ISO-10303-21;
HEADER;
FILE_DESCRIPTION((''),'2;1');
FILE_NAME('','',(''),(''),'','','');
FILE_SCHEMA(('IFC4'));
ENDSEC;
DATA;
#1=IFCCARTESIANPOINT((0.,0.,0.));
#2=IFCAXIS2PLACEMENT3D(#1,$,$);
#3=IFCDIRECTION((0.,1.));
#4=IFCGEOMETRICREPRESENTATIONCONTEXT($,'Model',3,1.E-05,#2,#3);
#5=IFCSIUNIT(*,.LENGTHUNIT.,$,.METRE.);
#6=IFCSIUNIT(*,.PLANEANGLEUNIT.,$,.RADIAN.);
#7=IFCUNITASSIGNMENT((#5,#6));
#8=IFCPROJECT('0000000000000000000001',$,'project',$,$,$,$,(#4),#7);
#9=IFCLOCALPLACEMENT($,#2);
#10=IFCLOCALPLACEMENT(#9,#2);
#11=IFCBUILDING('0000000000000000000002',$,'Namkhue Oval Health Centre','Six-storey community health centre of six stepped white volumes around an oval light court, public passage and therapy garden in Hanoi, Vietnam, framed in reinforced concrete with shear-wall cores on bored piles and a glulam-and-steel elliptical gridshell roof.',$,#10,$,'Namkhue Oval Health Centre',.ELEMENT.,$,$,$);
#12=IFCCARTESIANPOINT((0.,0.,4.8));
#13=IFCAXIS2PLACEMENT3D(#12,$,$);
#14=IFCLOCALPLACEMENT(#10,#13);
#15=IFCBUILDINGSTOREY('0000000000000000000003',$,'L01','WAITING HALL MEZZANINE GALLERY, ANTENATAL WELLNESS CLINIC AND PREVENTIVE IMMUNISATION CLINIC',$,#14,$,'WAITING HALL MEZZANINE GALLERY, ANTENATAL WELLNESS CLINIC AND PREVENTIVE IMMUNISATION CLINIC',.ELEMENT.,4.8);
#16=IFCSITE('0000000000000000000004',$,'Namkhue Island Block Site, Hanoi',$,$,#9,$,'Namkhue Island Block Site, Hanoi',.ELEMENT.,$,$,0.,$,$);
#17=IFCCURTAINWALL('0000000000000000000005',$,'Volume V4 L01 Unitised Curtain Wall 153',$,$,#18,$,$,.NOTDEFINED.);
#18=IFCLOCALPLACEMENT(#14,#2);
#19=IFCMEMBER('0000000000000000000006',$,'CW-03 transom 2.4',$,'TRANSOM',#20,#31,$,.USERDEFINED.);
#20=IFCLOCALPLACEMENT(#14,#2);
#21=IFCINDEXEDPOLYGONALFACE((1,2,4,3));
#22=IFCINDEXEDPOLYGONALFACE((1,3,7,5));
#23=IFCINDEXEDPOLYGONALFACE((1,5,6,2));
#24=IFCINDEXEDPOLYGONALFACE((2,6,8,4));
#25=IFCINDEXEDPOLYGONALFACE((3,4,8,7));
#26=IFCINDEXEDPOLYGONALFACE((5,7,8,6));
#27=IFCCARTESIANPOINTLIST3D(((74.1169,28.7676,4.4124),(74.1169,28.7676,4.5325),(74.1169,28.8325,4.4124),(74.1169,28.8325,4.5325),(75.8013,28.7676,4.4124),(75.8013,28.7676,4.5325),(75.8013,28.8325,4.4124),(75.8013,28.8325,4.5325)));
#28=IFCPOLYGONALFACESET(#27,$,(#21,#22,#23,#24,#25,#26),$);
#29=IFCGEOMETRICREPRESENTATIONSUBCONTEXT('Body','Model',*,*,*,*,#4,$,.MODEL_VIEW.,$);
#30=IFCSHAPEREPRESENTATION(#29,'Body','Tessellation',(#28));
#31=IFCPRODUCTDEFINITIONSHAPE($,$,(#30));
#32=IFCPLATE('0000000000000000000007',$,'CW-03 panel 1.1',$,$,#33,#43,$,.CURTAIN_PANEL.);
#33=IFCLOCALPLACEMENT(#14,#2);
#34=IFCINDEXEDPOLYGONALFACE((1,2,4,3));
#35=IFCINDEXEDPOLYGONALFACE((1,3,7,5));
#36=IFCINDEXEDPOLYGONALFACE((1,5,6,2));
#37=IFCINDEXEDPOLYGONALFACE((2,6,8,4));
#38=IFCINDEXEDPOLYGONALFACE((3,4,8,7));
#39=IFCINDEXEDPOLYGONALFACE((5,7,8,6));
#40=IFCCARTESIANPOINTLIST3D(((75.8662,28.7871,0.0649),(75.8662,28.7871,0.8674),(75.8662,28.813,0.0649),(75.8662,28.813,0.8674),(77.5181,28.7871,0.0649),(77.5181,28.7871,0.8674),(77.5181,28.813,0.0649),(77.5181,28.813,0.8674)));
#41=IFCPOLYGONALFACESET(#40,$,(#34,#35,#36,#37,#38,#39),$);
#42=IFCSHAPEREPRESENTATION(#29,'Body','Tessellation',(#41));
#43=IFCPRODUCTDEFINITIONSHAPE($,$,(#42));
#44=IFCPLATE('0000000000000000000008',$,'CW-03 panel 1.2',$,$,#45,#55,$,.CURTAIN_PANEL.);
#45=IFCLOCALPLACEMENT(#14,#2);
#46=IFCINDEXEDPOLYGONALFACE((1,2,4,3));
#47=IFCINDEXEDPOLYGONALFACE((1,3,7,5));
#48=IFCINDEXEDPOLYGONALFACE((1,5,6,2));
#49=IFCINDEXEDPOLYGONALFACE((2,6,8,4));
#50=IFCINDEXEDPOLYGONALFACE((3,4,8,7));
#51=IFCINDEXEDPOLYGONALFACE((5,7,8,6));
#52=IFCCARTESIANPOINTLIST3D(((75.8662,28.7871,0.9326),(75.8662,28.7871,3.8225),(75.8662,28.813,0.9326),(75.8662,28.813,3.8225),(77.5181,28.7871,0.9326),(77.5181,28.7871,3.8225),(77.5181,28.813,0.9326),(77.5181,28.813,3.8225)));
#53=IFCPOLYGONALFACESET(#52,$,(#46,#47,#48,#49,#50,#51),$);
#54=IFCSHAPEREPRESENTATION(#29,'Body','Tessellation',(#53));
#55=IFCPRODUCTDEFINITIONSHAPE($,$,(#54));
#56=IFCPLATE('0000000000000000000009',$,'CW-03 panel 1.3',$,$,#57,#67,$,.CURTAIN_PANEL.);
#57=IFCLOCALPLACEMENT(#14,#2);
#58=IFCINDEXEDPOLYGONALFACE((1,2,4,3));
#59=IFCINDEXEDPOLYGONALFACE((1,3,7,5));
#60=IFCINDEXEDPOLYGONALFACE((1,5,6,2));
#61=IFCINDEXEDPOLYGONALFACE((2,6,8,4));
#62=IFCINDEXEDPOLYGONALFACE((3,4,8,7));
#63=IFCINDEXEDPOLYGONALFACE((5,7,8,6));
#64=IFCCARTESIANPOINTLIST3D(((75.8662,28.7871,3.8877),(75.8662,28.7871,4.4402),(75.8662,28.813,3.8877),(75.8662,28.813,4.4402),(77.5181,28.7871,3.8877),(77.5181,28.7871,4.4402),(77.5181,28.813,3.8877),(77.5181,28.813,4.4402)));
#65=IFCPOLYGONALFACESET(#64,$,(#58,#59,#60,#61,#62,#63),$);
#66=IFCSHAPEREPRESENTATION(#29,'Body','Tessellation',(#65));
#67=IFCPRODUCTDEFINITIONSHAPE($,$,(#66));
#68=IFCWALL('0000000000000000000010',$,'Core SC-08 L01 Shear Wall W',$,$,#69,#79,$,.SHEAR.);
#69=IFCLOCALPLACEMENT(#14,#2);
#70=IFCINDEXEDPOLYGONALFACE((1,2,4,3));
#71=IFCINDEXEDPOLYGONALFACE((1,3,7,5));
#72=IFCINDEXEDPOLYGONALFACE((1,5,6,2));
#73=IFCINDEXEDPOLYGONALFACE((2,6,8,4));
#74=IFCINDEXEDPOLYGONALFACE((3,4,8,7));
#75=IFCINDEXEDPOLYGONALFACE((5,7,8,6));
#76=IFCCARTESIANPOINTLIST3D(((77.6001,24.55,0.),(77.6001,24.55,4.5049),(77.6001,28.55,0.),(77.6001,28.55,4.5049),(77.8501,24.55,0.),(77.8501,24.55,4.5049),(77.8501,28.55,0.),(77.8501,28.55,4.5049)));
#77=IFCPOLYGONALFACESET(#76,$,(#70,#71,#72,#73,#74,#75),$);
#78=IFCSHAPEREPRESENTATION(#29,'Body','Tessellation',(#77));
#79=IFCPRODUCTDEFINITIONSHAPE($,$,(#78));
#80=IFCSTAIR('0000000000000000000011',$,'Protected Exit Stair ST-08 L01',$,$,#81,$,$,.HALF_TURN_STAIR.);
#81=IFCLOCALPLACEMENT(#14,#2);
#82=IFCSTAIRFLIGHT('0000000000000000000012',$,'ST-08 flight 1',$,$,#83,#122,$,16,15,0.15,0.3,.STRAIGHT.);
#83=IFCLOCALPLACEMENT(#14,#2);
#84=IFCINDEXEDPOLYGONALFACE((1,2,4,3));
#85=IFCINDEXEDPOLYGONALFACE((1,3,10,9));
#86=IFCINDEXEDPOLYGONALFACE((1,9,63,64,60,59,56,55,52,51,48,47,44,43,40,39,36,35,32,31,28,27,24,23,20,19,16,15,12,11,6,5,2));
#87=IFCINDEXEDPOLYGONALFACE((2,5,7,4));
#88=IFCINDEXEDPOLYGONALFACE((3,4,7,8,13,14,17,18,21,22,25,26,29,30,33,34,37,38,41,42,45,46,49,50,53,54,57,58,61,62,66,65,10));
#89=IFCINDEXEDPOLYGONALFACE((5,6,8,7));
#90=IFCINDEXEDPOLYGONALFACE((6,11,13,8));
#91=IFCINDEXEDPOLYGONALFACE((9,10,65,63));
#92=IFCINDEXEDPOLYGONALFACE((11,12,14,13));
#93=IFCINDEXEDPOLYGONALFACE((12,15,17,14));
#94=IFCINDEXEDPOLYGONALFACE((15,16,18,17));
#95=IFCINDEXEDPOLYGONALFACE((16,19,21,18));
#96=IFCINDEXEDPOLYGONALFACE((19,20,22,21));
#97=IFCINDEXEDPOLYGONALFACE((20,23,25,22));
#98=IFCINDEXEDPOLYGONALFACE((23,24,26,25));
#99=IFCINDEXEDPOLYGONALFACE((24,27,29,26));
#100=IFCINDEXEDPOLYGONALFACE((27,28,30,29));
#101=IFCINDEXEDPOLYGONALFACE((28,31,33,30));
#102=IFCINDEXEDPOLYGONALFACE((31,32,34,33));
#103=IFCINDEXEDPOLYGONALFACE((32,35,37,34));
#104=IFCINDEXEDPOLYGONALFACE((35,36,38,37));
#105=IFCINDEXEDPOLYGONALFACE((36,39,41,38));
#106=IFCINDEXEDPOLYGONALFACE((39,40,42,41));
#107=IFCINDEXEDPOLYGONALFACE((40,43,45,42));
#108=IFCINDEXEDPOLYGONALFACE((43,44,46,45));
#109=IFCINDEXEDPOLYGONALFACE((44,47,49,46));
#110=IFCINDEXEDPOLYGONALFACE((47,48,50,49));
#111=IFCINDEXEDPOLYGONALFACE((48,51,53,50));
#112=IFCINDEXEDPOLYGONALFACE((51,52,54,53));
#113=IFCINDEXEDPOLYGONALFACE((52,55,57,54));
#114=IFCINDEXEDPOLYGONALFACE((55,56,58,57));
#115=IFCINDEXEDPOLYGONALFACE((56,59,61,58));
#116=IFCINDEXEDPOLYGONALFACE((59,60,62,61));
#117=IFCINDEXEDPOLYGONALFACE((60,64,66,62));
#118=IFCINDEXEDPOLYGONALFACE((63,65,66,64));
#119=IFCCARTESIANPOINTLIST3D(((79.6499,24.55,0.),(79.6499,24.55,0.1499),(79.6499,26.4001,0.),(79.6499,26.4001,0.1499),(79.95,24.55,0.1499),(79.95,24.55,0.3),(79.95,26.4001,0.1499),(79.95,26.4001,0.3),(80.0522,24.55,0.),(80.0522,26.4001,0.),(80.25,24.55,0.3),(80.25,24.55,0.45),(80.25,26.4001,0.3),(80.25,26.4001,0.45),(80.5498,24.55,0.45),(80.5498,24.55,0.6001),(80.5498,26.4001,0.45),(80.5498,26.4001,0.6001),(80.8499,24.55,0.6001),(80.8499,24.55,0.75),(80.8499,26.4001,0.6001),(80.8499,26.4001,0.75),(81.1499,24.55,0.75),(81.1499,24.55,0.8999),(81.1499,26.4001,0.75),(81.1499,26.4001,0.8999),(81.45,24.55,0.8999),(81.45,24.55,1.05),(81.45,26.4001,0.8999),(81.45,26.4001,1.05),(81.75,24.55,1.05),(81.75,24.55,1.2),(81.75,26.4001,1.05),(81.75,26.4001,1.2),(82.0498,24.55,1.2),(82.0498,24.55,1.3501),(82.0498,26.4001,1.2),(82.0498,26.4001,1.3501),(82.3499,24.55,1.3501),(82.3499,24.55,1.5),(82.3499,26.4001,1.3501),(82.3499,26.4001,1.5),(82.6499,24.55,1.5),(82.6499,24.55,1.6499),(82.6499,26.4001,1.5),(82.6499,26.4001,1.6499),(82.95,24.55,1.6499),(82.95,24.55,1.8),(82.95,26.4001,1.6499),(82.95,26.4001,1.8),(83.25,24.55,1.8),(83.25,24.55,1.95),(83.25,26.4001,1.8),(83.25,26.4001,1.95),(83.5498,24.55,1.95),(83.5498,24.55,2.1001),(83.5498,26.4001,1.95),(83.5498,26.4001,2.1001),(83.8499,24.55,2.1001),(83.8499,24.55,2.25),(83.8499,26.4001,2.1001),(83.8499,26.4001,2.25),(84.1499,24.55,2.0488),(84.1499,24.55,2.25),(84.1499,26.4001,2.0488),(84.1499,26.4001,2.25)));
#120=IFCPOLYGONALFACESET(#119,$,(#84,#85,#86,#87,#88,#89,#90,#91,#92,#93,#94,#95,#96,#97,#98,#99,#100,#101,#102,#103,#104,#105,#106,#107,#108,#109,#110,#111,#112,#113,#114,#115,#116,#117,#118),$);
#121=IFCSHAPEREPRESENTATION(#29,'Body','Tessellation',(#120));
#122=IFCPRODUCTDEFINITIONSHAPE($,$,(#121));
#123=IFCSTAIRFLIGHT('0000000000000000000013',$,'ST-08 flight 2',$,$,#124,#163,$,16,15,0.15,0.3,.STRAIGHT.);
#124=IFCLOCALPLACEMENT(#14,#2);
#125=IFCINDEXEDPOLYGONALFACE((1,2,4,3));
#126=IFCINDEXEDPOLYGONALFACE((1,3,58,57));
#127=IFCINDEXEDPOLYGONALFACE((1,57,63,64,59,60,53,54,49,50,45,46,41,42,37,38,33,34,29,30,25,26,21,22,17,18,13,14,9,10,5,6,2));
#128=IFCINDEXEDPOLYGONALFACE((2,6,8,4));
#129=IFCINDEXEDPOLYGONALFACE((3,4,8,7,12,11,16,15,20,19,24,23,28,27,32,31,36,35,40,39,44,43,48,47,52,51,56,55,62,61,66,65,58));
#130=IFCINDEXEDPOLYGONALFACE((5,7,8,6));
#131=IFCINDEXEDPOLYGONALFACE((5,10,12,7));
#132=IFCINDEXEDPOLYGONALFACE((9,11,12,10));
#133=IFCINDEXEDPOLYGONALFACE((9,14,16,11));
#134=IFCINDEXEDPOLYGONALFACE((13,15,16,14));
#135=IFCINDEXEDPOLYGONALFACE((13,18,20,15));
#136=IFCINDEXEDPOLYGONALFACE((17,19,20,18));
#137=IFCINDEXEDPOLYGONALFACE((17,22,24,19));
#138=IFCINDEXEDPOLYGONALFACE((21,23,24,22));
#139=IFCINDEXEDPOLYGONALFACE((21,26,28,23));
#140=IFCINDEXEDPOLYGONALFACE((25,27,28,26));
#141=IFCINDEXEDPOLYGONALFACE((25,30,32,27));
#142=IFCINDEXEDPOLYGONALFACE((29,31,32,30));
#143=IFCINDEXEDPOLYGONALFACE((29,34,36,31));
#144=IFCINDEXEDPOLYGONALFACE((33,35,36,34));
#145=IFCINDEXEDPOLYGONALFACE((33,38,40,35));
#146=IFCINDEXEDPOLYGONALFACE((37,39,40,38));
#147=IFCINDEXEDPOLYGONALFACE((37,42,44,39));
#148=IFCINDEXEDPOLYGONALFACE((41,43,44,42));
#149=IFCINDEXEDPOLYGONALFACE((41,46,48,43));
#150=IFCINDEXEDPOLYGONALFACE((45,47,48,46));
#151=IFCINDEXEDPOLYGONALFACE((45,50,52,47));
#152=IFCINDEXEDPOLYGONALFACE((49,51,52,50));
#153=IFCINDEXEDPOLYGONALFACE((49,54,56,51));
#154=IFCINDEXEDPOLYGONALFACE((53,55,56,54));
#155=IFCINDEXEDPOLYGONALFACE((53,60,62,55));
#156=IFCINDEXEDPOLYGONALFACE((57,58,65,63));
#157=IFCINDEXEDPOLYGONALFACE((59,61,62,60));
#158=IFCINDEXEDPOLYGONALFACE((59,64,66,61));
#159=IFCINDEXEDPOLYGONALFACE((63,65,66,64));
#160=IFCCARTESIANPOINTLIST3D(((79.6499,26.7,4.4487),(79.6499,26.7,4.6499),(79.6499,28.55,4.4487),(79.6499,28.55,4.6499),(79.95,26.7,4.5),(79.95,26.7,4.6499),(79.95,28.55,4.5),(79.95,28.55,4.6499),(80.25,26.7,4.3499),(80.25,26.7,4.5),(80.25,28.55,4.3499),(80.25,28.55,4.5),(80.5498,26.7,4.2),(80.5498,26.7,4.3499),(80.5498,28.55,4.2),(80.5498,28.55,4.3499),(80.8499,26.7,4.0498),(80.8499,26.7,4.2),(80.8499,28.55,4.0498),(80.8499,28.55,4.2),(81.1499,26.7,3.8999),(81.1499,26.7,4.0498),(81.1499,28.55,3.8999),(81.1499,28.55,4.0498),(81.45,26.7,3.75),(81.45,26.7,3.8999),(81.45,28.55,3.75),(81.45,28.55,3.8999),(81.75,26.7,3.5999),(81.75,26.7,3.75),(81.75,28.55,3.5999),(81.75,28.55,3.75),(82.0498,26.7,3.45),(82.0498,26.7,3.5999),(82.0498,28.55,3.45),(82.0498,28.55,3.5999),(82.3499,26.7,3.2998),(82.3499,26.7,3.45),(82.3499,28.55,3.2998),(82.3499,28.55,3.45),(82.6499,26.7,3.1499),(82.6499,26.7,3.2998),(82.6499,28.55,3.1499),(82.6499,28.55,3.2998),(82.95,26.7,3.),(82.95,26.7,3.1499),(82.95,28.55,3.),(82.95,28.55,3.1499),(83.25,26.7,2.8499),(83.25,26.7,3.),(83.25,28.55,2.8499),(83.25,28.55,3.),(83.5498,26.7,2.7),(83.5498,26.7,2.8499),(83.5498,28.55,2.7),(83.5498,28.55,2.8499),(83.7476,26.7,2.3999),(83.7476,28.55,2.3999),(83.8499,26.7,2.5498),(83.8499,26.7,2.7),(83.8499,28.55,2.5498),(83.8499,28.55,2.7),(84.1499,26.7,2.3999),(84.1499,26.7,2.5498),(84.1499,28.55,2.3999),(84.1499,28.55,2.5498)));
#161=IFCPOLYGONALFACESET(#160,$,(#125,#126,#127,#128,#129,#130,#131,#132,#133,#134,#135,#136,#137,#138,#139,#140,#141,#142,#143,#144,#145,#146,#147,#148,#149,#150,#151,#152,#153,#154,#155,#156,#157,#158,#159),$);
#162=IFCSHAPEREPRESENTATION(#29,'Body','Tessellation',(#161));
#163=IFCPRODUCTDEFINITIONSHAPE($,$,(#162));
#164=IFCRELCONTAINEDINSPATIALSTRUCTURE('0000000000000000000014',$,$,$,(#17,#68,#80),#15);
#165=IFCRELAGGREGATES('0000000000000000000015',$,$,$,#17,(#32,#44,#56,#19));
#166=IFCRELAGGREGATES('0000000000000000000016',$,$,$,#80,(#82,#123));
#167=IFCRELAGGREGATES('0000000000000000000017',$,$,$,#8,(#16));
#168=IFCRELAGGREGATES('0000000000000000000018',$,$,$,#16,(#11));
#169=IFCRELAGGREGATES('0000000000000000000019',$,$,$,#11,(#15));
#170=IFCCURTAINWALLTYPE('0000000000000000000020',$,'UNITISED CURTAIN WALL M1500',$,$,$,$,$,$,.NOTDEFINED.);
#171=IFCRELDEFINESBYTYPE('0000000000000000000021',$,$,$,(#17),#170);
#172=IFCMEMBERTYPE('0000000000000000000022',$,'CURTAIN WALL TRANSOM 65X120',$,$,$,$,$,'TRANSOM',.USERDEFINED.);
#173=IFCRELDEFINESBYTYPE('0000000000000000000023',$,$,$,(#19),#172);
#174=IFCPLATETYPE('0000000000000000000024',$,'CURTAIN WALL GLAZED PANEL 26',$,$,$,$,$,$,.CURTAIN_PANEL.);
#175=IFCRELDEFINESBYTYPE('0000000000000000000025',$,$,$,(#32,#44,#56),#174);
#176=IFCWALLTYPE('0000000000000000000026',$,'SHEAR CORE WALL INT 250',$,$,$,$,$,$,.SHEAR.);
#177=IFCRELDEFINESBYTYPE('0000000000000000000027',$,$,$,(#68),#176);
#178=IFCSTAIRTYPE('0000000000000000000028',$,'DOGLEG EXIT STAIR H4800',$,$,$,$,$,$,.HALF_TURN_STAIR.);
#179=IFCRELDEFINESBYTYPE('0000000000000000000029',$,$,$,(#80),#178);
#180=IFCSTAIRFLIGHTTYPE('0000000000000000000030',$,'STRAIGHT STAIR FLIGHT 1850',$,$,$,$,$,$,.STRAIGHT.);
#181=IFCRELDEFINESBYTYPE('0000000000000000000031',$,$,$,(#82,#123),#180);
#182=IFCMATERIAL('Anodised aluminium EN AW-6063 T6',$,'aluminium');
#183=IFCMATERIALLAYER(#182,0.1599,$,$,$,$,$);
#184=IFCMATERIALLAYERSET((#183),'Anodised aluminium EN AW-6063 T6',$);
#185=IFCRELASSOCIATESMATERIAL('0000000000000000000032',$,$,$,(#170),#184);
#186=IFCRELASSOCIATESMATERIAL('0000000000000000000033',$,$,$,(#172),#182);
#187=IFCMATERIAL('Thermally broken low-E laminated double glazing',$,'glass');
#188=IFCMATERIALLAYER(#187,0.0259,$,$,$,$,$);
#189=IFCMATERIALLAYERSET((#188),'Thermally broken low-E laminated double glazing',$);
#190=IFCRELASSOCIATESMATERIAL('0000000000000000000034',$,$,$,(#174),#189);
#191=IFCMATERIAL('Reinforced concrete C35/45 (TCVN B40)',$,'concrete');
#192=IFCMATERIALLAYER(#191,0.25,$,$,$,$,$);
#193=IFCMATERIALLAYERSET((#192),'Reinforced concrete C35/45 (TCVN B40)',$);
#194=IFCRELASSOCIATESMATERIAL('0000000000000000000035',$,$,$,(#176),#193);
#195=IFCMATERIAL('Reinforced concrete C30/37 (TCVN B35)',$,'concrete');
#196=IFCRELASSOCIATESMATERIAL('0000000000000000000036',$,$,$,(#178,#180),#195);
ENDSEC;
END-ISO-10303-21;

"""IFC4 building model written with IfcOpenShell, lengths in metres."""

from ifc_helpers import new_model, si_unit, direction, frame, frame_2d, origin, origin_2d, place, context, subcontext, project, spatial, polyline, rectangle, outline, extrude, material, layer, layer_set, material_profile, profile_set, type_object, element, aggregate, save


model = new_model("IFC4")

# Units and contexts
model_context = context("Model", 3, precision=1e-05, world=origin(), true_north=direction((0.0, 1.0)))
body_context = subcontext(model_context, "Body", "Model", "MODEL_VIEW")
ifc_project = project(units=[si_unit("LENGTHUNIT", "METRE"), si_unit("PLANEANGLEUNIT", "RADIAN")], contexts=[model_context])

# Site, building, storey
site_placement = place(None, origin())
site = spatial("IfcSite", under=ifc_project, at=site_placement, Name="Namkhue Island Block Site, Hanoi", LongName="Namkhue Island Block Site, Hanoi", CompositionType="ELEMENT", RefElevation=0.0)
building_placement = place(site_placement, origin())
building = spatial("IfcBuilding", under=site, at=building_placement, Name="Namkhue Oval Health Centre", Description="Six-storey community health centre of six stepped white volumes around an oval light court, public passage and therapy garden in Hanoi, Vietnam, framed in reinforced concrete with shear-wall cores on bored piles and a glulam-and-steel elliptical gridshell roof.", LongName="Namkhue Oval Health Centre", CompositionType="ELEMENT")
storey_placement = place(building_placement, frame((0.0, 0.0, 4.8)))
storey = spatial("IfcBuildingStorey", under=building, at=storey_placement, Name="L01", Description="WAITING HALL MEZZANINE GALLERY, ANTENATAL WELLNESS CLINIC AND PREVENTIVE IMMUNISATION CLINIC", LongName="WAITING HALL MEZZANINE GALLERY, ANTENATAL WELLNESS CLINIC AND PREVENTIVE IMMUNISATION CLINIC", CompositionType="ELEMENT", Elevation=4.8)

# Shared definitions
ifc_material_1 = material(Name="Reinforced concrete C35/45 (TCVN B40)", Category="concrete")

# Curtain wall, member, plates
ifc_material_2 = material(Name="Anodised aluminium EN AW-6063 T6", Category="aluminium")
ifc_layer_1 = layer(ifc_material_2, 0.1599)
ifc_layer_set_1 = layer_set([ifc_layer_1], Name="Anodised aluminium EN AW-6063 T6")
curtain_wall_type = type_object("IfcCurtainWallType", Name="UNITISED CURTAIN WALL M1500", PredefinedType="NOTDEFINED", material=ifc_layer_set_1)
curtain_wall_placement = place(storey_placement, origin())
curtain_wall = element("IfcCurtainWall", 1, at=curtain_wall_placement, inside=storey, type_object=curtain_wall_type, Name="Volume V4 L01 Unitised Curtain Wall 153", PredefinedType="NOTDEFINED")
ifc_material_profile_1 = material_profile(ifc_material_2, rectangle(XDim=0.0649, YDim=0.1201, at=origin_2d()), Name="ALU 65x120")
ifc_profile_set_1 = profile_set([ifc_material_profile_1], Name="Anodised aluminium EN AW-6063 T6")
member_type_1 = type_object("IfcMemberType", Name="CURTAIN WALL TRANSOM 65X120", ElementType="TRANSOM", PredefinedType="USERDEFINED", material=ifc_profile_set_1)
member_1_placement = place(storey_placement, frame((75.8013, 28.8, 4.4724), z_axis=(-1.0, 0.0, 0.0), x_axis=(0.0, -1.0, 0.0)))
member_1 = element("IfcMember", 2, at=member_1_placement, type_object=member_type_1, Name="CW-03 transom 2.4", ObjectType="TRANSOM", PredefinedType="USERDEFINED", context=body_context, shape_type="SweptSolid", body=[
    extrude(rectangle(XDim=0.0649, YDim=0.1201, at=origin_2d()), origin(), (0.0, 0.0, 1.0), 1.6843),
])
ifc_material_3 = material(Name="Thermally broken low-E laminated double glazing", Category="glass")
ifc_layer_2 = layer(ifc_material_3, 0.0259)
ifc_layer_set_2 = layer_set([ifc_layer_2], Name="Thermally broken low-E laminated double glazing")
plate_type = type_object("IfcPlateType", Name="CURTAIN WALL GLAZED PANEL 26", PredefinedType="CURTAIN_PANEL", material=ifc_layer_set_2)
plate_1_placement = place(storey_placement, frame((76.6921, 28.8, 0.0649), z_axis=(0.0, 0.0, 1.0), x_axis=(-1.0, 0.0, 0.0)))
plate_1 = element("IfcPlate", 3, at=plate_1_placement, type_object=plate_type, Name="CW-03 panel 1.1", PredefinedType="CURTAIN_PANEL", context=body_context, shape_type="SweptSolid", body=[
    extrude(rectangle(XDim=1.6519, YDim=0.0259, at=origin_2d()), origin(), (0.0, 0.0, 1.0), 0.8025),
])
plate_2_placement = place(storey_placement, frame((76.6921, 28.8, 0.9326), z_axis=(0.0, 0.0, 1.0), x_axis=(-1.0, 0.0, 0.0)))
plate_2 = element("IfcPlate", 4, at=plate_2_placement, type_object=plate_type, Name="CW-03 panel 1.2", PredefinedType="CURTAIN_PANEL", context=body_context, shape_type="SweptSolid", body=[
    extrude(rectangle(XDim=1.6519, YDim=0.0259, at=origin_2d()), origin(), (0.0, 0.0, 1.0), 2.8899),
])
plate_3_placement = place(storey_placement, frame((76.6921, 28.8, 3.8877), z_axis=(0.0, 0.0, 1.0), x_axis=(-1.0, 0.0, 0.0)))
plate_3 = element("IfcPlate", 5, at=plate_3_placement, type_object=plate_type, Name="CW-03 panel 1.3", PredefinedType="CURTAIN_PANEL", context=body_context, shape_type="SweptSolid", body=[
    extrude(rectangle(XDim=1.6519, YDim=0.0259, at=origin_2d()), origin(), (0.0, 0.0, 1.0), 0.5525),
])
aggregate(curtain_wall, [plate_1, plate_2, plate_3, member_1])

# Wall
ifc_layer_3 = layer(ifc_material_1, 0.25)
ifc_layer_set_3 = layer_set([ifc_layer_3], Name="Reinforced concrete C35/45 (TCVN B40)")
wall_type = type_object("IfcWallType", Name="SHEAR CORE WALL INT 250", PredefinedType="SHEAR", material=ifc_layer_set_3)
wall_placement = place(storey_placement, frame((77.7251, 28.55, 0.0), z_axis=(0.0, 0.0, 1.0), x_axis=(0.0, -1.0, 0.0)))
element("IfcWall", 6, at=wall_placement, inside=storey, type_object=wall_type, Name="Core SC-08 L01 Shear Wall W", PredefinedType="SHEAR", context=body_context, shape_type="SweptSolid", body=[
    extrude(rectangle(XDim=4.0, YDim=0.25, at=frame_2d((2.0, 0.0))), origin(), (0.0, 0.0, 1.0), 4.5049),
])

# Stair, stair flights
ifc_material_4 = material(Name="Reinforced concrete C30/37 (TCVN B35)", Category="concrete")
stair_type = type_object("IfcStairType", Name="DOGLEG EXIT STAIR H4800", PredefinedType="HALF_TURN_STAIR", material=ifc_material_4)
stair_placement = place(storey_placement, origin())
stair = element("IfcStair", 7, at=stair_placement, inside=storey, type_object=stair_type, Name="Protected Exit Stair ST-08 L01", PredefinedType="HALF_TURN_STAIR")
stair_flight_type = type_object("IfcStairFlightType", Name="STRAIGHT STAIR FLIGHT 1850", PredefinedType="STRAIGHT", material=ifc_material_4)
stair_flight_1_placement = place(storey_placement, frame((79.6499, 25.4751, 0.0), z_axis=(0.0, 0.0, 1.0), x_axis=(1.0, 0.0, 0.0)))
stair_flight_1 = element("IfcStairFlight", 8, at=stair_flight_1_placement, type_object=stair_flight_type, Name="ST-08 flight 1", NumberOfRisers=16, NumberOfTreads=15, PredefinedType="STRAIGHT", RiserHeight=0.15, TreadLength=0.3, context=body_context, shape_type="SweptSolid", body=[
    extrude(outline(polyline([(0.0, 0.0), (0.0, 0.1499), (0.3, 0.1499), (0.3, 0.3), (0.6001, 0.3), (0.6001, 0.45), (0.8999, 0.45), (0.8999, 0.6001), (1.2, 0.6001), (1.2, 0.75), (1.5, 0.75), (1.5, 0.8999), (1.8, 0.8999), (1.8, 1.05), (2.1001, 1.05), (2.1001, 1.2), (2.3999, 1.2), (2.3999, 1.3501), (2.7, 1.3501), (2.7, 1.5), (3.0, 1.5), (3.0, 1.6499), (3.3, 1.6499), (3.3, 1.8), (3.6001, 1.8), (3.6001, 1.95), (3.8999, 1.95), (3.8999, 2.1001), (4.2, 2.1001), (4.2, 2.25), (4.5, 2.25), (4.5, 2.3999), (4.5, 2.0488), (0.4023, 0.0), (0.0, 0.0)])), frame((0.0, 0.925, 0.0), z_axis=(0.0, -1.0, 0.0), x_axis=(1.0, 0.0, 0.0)), (0.0, 0.0, 1.0), 1.8501),
])
stair_flight_2_placement = place(storey_placement, frame((84.1499, 27.625, 2.3999), z_axis=(0.0, 0.0, 1.0), x_axis=(-1.0, 0.0, 0.0)))
stair_flight_2 = element("IfcStairFlight", 9, at=stair_flight_2_placement, type_object=stair_flight_type, Name="ST-08 flight 2", NumberOfRisers=16, NumberOfTreads=15, PredefinedType="STRAIGHT", RiserHeight=0.15, TreadLength=0.3, context=body_context, shape_type="SweptSolid", body=[
    extrude(outline(polyline([(0.0, 0.0), (0.0, 0.1499), (0.3, 0.1499), (0.3, 0.3), (0.6001, 0.3), (0.6001, 0.45), (0.8999, 0.45), (0.8999, 0.6001), (1.2, 0.6001), (1.2, 0.75), (1.5, 0.75), (1.5, 0.8999), (1.8, 0.8999), (1.8, 1.05), (2.1001, 1.05), (2.1001, 1.2), (2.3999, 1.2), (2.3999, 1.3501), (2.7, 1.3501), (2.7, 1.5), (3.0, 1.5), (3.0, 1.6499), (3.3, 1.6499), (3.3, 1.8), (3.6001, 1.8), (3.6001, 1.95), (3.8999, 1.95), (3.8999, 2.1001), (4.2, 2.1001), (4.2, 2.25), (4.5, 2.25), (4.5, 2.3999), (4.5, 2.0488), (0.4023, 0.0), (0.0, 0.0)])), frame((0.0, 0.925, 0.0), z_axis=(0.0, -1.0, 0.0), x_axis=(1.0, 0.0, 0.0)), (0.0, 0.0, 1.0), 1.8501),
])
aggregate(stair, [stair_flight_1, stair_flight_2])

save(model, "model.ifc")
